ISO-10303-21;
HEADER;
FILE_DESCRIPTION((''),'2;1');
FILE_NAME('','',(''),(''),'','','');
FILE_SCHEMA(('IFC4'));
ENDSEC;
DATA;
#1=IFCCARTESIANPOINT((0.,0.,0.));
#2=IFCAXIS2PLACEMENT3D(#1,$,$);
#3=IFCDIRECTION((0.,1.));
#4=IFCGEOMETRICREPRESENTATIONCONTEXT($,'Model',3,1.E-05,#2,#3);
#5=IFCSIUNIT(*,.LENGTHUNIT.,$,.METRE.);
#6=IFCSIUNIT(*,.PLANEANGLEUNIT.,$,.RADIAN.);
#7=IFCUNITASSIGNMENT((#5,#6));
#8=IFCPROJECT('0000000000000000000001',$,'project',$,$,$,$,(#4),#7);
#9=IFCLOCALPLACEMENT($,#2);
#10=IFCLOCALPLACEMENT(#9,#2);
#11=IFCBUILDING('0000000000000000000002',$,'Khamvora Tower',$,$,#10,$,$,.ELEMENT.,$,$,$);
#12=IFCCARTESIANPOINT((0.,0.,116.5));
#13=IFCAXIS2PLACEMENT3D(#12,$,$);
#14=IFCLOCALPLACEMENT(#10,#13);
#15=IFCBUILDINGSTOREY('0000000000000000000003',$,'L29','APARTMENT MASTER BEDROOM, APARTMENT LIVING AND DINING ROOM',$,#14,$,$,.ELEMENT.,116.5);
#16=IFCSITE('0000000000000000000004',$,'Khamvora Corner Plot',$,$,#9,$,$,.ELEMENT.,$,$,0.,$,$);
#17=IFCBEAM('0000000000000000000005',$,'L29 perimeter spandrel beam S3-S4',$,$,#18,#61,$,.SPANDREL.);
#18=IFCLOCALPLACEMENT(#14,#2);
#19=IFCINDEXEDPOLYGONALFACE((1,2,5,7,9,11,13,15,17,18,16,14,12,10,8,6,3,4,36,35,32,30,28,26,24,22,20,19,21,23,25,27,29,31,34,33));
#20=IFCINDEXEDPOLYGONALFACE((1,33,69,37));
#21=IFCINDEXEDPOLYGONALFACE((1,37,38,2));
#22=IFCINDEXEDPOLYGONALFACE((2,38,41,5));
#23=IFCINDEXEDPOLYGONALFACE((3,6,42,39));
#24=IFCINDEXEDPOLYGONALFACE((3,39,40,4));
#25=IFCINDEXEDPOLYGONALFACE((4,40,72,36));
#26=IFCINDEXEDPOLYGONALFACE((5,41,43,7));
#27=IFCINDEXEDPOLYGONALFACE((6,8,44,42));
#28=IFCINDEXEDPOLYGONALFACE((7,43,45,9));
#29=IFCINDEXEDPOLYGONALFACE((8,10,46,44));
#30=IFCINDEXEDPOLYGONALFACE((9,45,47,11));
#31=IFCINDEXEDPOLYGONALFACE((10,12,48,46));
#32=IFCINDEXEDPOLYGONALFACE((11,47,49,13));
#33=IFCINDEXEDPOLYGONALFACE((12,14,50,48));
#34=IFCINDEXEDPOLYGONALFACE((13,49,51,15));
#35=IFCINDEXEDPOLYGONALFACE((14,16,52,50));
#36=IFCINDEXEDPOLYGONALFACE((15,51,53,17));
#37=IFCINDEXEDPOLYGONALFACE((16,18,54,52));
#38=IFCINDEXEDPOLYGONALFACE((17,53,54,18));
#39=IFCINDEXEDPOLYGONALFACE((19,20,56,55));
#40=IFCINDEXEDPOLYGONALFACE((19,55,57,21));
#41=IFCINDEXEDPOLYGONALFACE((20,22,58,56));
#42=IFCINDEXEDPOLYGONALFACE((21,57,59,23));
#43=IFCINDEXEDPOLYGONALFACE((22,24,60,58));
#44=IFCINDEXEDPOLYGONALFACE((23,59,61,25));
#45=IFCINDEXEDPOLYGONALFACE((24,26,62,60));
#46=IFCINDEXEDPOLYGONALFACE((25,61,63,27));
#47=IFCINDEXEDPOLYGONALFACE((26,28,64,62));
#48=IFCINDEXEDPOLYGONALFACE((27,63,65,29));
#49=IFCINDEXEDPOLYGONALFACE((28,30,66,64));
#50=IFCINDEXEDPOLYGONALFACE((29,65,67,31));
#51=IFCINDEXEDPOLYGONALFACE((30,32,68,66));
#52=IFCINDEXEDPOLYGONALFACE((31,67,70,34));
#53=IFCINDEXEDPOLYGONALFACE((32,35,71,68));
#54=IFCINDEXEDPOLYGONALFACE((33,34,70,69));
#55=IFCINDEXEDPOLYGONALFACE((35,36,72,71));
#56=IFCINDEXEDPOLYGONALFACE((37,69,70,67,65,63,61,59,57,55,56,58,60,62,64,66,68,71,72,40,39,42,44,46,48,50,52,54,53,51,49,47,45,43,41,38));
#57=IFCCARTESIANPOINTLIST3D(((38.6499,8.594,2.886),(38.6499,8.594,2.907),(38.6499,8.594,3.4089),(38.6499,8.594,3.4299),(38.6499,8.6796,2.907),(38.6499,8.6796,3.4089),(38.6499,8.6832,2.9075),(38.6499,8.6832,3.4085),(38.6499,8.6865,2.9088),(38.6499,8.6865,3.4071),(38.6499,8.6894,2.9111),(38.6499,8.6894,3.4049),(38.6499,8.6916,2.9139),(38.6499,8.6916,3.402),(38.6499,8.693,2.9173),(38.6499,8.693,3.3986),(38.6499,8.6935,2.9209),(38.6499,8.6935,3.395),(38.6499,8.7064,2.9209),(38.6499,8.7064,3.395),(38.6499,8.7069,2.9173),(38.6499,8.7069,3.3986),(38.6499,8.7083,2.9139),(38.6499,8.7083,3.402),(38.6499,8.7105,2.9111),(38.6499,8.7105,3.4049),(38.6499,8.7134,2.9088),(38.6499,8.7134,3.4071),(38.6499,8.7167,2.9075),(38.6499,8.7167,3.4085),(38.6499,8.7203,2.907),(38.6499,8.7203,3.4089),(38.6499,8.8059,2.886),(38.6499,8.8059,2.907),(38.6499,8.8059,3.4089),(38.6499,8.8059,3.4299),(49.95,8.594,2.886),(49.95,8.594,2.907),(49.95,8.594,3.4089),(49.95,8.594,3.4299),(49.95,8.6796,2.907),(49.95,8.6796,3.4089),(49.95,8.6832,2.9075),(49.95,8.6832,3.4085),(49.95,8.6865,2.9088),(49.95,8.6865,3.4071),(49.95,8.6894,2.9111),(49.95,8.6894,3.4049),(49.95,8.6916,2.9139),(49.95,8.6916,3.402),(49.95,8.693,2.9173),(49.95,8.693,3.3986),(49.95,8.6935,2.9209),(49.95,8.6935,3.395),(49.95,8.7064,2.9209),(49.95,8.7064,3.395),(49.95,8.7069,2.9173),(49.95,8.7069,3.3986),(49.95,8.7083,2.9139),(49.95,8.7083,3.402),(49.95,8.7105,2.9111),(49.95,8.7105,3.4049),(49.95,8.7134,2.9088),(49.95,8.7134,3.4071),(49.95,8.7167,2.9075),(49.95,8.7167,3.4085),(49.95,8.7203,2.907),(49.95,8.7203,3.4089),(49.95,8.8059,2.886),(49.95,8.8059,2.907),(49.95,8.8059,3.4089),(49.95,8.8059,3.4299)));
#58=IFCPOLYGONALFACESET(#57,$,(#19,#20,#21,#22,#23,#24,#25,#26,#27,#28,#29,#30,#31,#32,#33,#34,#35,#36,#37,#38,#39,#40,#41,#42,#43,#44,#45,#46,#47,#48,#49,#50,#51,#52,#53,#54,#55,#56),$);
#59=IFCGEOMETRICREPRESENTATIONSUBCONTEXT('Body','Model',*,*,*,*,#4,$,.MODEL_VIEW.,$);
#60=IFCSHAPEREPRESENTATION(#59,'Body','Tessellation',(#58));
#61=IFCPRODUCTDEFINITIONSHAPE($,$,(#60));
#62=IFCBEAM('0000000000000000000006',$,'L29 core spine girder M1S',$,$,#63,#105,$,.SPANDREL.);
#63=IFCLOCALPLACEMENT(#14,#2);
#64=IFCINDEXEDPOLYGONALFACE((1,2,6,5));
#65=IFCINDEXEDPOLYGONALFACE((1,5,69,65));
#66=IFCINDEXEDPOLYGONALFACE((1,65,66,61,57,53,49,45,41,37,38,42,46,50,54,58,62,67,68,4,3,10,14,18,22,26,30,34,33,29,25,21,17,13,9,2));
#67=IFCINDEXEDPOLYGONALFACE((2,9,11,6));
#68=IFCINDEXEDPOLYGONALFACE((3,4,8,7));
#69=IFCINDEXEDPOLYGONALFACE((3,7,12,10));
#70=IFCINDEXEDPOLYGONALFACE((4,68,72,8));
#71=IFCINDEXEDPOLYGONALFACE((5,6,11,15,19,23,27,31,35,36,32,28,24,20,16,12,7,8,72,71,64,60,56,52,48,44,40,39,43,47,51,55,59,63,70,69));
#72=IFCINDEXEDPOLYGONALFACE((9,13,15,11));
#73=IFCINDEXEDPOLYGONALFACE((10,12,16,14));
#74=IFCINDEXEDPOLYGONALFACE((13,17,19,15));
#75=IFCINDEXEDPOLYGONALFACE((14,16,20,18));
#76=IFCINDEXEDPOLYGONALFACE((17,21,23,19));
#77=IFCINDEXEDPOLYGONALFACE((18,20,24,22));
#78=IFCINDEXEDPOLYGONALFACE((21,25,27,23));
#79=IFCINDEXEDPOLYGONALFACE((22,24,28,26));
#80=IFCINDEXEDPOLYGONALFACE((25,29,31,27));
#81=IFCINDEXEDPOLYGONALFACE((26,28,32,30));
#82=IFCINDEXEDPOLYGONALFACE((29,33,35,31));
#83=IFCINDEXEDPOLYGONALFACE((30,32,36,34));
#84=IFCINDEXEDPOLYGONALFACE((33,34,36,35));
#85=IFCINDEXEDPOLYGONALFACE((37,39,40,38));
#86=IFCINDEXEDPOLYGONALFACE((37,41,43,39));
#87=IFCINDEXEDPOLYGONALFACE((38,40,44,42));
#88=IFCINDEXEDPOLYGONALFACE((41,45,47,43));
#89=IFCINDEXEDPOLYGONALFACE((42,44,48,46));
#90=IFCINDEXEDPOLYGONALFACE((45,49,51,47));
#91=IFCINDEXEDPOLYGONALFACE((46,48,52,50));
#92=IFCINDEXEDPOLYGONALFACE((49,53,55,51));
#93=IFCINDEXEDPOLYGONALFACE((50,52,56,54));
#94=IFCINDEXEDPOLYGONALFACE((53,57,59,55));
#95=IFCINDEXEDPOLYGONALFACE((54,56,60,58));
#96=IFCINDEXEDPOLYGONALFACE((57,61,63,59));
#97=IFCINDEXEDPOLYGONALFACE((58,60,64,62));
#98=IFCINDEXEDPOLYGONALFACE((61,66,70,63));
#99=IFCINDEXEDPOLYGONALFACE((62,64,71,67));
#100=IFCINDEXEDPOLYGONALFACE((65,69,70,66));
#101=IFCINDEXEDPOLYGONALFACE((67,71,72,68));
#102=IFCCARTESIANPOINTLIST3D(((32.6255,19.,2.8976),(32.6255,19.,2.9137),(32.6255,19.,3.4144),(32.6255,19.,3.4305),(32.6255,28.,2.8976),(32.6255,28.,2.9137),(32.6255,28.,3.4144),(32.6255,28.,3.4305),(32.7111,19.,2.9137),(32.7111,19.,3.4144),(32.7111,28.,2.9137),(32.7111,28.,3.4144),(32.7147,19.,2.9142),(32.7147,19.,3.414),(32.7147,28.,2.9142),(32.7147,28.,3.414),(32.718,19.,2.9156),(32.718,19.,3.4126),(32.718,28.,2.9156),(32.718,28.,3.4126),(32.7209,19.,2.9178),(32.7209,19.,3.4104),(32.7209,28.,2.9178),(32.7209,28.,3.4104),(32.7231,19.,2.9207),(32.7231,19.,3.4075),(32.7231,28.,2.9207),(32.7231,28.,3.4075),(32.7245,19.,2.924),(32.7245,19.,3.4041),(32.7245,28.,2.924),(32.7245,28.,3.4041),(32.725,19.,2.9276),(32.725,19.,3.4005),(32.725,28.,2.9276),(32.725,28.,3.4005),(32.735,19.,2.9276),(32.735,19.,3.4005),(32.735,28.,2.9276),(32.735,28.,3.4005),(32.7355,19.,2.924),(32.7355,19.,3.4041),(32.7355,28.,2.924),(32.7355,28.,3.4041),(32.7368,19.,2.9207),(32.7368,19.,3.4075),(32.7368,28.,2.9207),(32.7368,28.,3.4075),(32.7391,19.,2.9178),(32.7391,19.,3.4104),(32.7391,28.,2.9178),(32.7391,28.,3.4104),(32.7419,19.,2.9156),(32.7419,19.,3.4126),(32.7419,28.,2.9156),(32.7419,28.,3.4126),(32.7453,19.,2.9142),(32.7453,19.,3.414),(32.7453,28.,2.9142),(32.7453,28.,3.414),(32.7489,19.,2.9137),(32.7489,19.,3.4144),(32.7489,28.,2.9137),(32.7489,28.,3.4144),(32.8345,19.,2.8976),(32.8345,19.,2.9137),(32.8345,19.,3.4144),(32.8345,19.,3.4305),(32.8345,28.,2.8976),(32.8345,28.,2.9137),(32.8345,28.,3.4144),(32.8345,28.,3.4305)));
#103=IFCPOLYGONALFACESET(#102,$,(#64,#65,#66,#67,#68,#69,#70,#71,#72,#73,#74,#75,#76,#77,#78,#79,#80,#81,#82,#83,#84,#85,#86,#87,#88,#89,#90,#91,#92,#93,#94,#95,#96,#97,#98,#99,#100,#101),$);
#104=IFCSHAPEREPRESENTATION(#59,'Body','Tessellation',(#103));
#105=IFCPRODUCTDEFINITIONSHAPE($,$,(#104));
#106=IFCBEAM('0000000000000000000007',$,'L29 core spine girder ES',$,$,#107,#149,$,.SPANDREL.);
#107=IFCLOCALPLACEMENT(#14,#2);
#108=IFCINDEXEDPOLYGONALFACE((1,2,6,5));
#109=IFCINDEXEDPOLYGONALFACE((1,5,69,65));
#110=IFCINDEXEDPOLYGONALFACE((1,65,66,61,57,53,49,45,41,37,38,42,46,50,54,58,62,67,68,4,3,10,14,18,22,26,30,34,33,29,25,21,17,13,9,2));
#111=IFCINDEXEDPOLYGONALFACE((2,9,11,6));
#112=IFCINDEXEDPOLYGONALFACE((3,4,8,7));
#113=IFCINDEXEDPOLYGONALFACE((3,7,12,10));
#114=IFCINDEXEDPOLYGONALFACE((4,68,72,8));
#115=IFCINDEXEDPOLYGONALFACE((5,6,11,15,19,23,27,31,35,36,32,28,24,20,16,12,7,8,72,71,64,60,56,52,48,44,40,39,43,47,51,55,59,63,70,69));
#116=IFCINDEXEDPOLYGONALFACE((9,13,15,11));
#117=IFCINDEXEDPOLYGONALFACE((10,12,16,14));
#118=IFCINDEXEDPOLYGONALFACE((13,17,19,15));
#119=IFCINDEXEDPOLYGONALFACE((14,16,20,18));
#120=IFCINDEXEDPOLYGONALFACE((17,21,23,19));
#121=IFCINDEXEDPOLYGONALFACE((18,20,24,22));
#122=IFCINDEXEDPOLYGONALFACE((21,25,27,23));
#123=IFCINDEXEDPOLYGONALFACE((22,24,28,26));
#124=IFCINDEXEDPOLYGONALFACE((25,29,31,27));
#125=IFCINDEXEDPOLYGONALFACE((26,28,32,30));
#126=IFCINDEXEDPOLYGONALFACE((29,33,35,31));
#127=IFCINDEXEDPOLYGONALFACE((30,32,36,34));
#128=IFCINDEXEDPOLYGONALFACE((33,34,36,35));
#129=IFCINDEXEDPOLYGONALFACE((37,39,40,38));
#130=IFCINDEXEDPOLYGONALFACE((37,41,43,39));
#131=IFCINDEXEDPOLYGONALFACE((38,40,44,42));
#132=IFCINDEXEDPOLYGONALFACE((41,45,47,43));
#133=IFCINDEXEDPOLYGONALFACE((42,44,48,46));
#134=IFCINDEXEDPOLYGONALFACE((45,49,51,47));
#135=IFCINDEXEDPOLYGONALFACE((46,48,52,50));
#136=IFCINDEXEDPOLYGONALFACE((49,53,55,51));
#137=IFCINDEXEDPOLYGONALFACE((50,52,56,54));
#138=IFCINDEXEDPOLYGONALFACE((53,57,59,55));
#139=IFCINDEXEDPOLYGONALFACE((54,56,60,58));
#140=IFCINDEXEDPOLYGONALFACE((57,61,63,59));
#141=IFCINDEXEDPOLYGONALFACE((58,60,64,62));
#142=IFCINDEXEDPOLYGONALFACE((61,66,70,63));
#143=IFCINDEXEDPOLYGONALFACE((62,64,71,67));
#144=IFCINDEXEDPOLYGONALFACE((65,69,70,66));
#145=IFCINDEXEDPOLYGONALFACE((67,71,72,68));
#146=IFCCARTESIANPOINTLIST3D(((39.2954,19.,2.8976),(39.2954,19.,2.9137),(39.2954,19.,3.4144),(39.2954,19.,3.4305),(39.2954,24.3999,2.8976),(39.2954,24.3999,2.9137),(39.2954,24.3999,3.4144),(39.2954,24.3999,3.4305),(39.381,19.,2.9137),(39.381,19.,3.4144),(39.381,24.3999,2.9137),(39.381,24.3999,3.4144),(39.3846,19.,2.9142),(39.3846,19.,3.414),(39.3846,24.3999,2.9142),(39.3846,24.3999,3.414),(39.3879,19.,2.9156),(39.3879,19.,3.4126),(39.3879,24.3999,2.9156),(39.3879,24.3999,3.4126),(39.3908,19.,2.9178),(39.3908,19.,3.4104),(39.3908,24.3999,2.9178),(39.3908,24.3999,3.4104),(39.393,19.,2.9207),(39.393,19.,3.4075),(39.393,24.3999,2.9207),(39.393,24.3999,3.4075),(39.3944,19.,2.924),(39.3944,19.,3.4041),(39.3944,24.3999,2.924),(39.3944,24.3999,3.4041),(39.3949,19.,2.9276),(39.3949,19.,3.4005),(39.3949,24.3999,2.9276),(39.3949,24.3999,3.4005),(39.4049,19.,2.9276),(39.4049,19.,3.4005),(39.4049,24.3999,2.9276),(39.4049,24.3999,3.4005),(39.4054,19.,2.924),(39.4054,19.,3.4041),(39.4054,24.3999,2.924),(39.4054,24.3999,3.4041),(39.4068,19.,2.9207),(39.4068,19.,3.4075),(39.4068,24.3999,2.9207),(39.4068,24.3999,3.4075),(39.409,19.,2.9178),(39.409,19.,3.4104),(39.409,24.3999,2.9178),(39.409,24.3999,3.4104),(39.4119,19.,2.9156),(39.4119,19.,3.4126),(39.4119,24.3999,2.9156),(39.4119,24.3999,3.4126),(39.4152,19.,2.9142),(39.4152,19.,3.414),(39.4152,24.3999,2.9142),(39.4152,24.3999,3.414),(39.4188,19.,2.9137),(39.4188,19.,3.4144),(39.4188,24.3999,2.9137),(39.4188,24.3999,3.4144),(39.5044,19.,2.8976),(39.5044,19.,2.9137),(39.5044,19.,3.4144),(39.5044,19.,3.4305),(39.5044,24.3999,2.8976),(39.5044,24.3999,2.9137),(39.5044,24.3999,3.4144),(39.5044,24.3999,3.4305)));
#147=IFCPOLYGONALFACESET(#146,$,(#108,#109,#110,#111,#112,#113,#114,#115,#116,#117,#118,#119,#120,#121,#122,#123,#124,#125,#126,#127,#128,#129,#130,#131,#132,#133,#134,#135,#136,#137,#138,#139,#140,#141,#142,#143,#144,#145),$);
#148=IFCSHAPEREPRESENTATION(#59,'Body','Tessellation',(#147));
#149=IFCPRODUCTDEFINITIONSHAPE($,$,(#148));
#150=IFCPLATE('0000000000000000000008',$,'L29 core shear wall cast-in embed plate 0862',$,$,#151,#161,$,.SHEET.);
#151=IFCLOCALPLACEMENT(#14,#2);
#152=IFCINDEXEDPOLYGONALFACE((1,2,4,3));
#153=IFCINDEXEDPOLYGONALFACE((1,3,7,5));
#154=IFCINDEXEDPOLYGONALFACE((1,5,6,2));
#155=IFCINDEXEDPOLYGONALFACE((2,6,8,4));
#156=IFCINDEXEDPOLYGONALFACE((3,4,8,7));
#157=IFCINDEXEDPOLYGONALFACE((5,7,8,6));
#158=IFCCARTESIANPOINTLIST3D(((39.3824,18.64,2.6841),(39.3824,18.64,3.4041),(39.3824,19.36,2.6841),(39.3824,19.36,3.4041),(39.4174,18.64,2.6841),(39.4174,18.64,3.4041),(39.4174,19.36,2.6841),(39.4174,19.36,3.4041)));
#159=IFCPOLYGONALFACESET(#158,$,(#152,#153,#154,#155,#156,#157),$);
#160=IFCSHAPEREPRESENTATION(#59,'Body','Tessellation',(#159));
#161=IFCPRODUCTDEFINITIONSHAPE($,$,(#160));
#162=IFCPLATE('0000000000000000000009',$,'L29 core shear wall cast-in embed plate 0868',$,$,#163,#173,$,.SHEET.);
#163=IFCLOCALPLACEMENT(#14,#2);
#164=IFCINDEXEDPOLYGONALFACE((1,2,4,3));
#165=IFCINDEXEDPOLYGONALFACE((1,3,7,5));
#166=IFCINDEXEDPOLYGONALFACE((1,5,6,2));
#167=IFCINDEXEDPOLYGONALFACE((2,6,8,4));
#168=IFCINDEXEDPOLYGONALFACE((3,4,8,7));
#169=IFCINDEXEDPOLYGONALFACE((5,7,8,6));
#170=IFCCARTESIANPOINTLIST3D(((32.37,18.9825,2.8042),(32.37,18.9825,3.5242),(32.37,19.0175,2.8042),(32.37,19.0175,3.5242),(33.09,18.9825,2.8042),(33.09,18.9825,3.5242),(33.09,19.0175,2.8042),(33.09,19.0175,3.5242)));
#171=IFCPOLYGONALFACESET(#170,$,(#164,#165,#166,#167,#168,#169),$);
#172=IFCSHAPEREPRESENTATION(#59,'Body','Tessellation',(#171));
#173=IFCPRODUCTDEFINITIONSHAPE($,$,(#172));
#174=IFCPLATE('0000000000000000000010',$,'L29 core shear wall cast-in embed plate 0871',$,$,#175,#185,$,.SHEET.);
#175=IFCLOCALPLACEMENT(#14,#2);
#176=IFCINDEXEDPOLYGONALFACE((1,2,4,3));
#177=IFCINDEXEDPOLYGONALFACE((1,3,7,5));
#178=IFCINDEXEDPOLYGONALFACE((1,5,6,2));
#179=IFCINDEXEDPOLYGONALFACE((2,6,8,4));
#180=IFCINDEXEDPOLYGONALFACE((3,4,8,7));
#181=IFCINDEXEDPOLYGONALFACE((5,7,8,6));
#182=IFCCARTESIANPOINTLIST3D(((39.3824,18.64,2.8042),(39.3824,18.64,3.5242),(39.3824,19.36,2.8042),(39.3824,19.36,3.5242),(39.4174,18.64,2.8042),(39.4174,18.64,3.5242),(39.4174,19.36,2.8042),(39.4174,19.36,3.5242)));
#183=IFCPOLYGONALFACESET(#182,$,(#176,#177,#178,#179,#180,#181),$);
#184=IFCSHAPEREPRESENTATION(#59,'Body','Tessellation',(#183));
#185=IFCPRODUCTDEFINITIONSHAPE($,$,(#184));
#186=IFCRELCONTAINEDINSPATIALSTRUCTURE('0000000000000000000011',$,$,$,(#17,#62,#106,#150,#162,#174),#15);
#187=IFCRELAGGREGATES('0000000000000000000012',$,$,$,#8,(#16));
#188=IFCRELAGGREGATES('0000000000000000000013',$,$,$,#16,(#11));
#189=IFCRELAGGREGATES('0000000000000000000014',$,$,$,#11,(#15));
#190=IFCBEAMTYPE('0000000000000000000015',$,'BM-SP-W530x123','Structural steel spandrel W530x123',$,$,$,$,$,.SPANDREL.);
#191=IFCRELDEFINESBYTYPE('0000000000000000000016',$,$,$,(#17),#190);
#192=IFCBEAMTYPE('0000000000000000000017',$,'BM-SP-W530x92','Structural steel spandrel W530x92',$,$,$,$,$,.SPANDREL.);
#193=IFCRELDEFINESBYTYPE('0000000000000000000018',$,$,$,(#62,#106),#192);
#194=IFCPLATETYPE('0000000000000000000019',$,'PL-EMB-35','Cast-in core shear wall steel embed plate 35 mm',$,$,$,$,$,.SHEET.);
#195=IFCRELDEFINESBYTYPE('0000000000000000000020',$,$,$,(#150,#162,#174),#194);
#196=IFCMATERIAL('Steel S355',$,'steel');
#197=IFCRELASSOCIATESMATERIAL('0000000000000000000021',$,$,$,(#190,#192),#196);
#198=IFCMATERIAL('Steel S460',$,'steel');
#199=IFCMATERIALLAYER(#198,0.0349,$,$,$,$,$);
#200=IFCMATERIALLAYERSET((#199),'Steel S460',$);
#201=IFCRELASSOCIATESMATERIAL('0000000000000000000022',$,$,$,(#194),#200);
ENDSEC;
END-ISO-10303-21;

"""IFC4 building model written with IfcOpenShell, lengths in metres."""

from ifc_helpers import new_model, si_unit, direction, frame, origin, origin_2d, place, context, subcontext, project, spatial, rectangle, i_section, extrude, material, layer, layer_set, material_profile, profile_set, type_object, element, save


model = new_model("IFC4")

# Units and contexts
model_context = context("Model", 3, precision=1e-05, world=origin(), true_north=direction((0.0, 1.0)))
body_context = subcontext(model_context, "Body", "Model", "MODEL_VIEW")
ifc_project = project(units=[si_unit("LENGTHUNIT", "METRE"), si_unit("PLANEANGLEUNIT", "RADIAN")], contexts=[model_context])

# Site, building, storey
site_placement = place(None, origin())
site = spatial("IfcSite", under=ifc_project, at=site_placement, Name="Khamvora Corner Plot", CompositionType="ELEMENT", RefElevation=0.0)
building_placement = place(site_placement, origin())
building = spatial("IfcBuilding", under=site, at=building_placement, Name="Khamvora Tower", CompositionType="ELEMENT")
storey_placement = place(building_placement, frame((0.0, 0.0, 116.5)))
storey = spatial("IfcBuildingStorey", under=building, at=storey_placement, Name="L29", Description="APARTMENT MASTER BEDROOM, APARTMENT LIVING AND DINING ROOM", CompositionType="ELEMENT", Elevation=116.5)

# Shared definitions
ifc_material_1 = material(Name="Steel S355", Category="steel")
ifc_material_2 = material(Name="Steel S460", Category="steel")

# Beams
ifc_material_profile_1 = material_profile(ifc_material_1, i_section(OverallWidth=0.2119, OverallDepth=0.5439, WebThickness=0.0129, FlangeThickness=0.021, FilletRadius=0.0139, at=origin_2d()), Name="W530x123")
ifc_profile_set_1 = profile_set([ifc_material_profile_1], Name="Steel S355")
beam_type_1 = type_object("IfcBeamType", Name="BM-SP-W530x123", Description="Structural steel spandrel W530x123", PredefinedType="SPANDREL", material=ifc_profile_set_1)
beam_1_placement = place(storey_placement, frame((38.6499, 8.7, 3.158), z_axis=(1.0, 0.0, 0.0), x_axis=(0.0, 1.0, 0.0)))
element("IfcBeam", 1, at=beam_1_placement, inside=storey, type_object=beam_type_1, Name="L29 perimeter spandrel beam S3-S4", PredefinedType="SPANDREL", context=body_context, shape_type="SweptSolid", body=[
    extrude(i_section(OverallWidth=0.2119, OverallDepth=0.5439, WebThickness=0.0129, FlangeThickness=0.021, FilletRadius=0.0139, at=origin_2d()), origin(), (0.0, 0.0, 1.0), 11.3),
])
ifc_material_profile_2 = material_profile(ifc_material_1, i_section(OverallWidth=0.209, OverallDepth=0.533, WebThickness=0.01, FlangeThickness=0.0161, FilletRadius=0.0139, at=origin_2d()), Name="W530x92")
ifc_profile_set_2 = profile_set([ifc_material_profile_2], Name="Steel S355")
beam_type_2 = type_object("IfcBeamType", Name="BM-SP-W530x92", Description="Structural steel spandrel W530x92", PredefinedType="SPANDREL", material=ifc_profile_set_2)
beam_2_placement = place(storey_placement, frame((32.73, 19.0, 3.1641), z_axis=(0.0, 1.0, 0.0), x_axis=(-1.0, 0.0, 0.0)))
element("IfcBeam", 2, at=beam_2_placement, inside=storey, type_object=beam_type_2, Name="L29 core spine girder M1S", PredefinedType="SPANDREL", context=body_context, shape_type="SweptSolid", body=[
    extrude(i_section(OverallWidth=0.209, OverallDepth=0.533, WebThickness=0.01, FlangeThickness=0.0161, FilletRadius=0.0139, at=origin_2d()), origin(), (0.0, 0.0, 1.0), 9.0),
])
beam_3_placement = place(storey_placement, frame((39.3999, 19.0, 3.1641), z_axis=(0.0, 1.0, 0.0), x_axis=(-1.0, 0.0, 0.0)))
element("IfcBeam", 3, at=beam_3_placement, inside=storey, type_object=beam_type_2, Name="L29 core spine girder ES", PredefinedType="SPANDREL", context=body_context, shape_type="SweptSolid", body=[
    extrude(i_section(OverallWidth=0.209, OverallDepth=0.533, WebThickness=0.01, FlangeThickness=0.0161, FilletRadius=0.0139, at=origin_2d()), origin(), (0.0, 0.0, 1.0), 5.3999),
])

# Plates
ifc_layer_1 = layer(ifc_material_2, 0.0349)
ifc_layer_set_1 = layer_set([ifc_layer_1], Name="Steel S460")
plate_type = type_object("IfcPlateType", Name="PL-EMB-35", Description="Cast-in core shear wall steel embed plate 35 mm", PredefinedType="SHEET", material=ifc_layer_set_1)
plate_1_placement = place(storey_placement, frame((39.3999, 19.0, 2.6841), z_axis=(0.0, 0.0, 1.0), x_axis=(1.0, 0.0, 0.0)))
element("IfcPlate", 4, at=plate_1_placement, inside=storey, type_object=plate_type, Name="L29 core shear wall cast-in embed plate 0862", PredefinedType="SHEET", context=body_context, shape_type="SweptSolid", body=[
    extrude(rectangle(XDim=0.0349, YDim=0.72, at=origin_2d()), origin(), (0.0, 0.0, 1.0), 0.72),
])
plate_2_placement = place(storey_placement, frame((32.73, 19.0, 2.8042), z_axis=(0.0, 0.0, 1.0), x_axis=(1.0, 0.0, 0.0)))
element("IfcPlate", 5, at=plate_2_placement, inside=storey, type_object=plate_type, Name="L29 core shear wall cast-in embed plate 0868", PredefinedType="SHEET", context=body_context, shape_type="SweptSolid", body=[
    extrude(rectangle(XDim=0.72, YDim=0.0349, at=origin_2d()), origin(), (0.0, 0.0, 1.0), 0.72),
])
plate_3_placement = place(storey_placement, frame((39.3999, 19.0, 2.8042), z_axis=(0.0, 0.0, 1.0), x_axis=(1.0, 0.0, 0.0)))
element("IfcPlate", 6, at=plate_3_placement, inside=storey, type_object=plate_type, Name="L29 core shear wall cast-in embed plate 0871", PredefinedType="SHEET", context=body_context, shape_type="SweptSolid", body=[
    extrude(rectangle(XDim=0.0349, YDim=0.72, at=origin_2d()), origin(), (0.0, 0.0, 1.0), 0.72),
])

save(model, "model.ifc")
